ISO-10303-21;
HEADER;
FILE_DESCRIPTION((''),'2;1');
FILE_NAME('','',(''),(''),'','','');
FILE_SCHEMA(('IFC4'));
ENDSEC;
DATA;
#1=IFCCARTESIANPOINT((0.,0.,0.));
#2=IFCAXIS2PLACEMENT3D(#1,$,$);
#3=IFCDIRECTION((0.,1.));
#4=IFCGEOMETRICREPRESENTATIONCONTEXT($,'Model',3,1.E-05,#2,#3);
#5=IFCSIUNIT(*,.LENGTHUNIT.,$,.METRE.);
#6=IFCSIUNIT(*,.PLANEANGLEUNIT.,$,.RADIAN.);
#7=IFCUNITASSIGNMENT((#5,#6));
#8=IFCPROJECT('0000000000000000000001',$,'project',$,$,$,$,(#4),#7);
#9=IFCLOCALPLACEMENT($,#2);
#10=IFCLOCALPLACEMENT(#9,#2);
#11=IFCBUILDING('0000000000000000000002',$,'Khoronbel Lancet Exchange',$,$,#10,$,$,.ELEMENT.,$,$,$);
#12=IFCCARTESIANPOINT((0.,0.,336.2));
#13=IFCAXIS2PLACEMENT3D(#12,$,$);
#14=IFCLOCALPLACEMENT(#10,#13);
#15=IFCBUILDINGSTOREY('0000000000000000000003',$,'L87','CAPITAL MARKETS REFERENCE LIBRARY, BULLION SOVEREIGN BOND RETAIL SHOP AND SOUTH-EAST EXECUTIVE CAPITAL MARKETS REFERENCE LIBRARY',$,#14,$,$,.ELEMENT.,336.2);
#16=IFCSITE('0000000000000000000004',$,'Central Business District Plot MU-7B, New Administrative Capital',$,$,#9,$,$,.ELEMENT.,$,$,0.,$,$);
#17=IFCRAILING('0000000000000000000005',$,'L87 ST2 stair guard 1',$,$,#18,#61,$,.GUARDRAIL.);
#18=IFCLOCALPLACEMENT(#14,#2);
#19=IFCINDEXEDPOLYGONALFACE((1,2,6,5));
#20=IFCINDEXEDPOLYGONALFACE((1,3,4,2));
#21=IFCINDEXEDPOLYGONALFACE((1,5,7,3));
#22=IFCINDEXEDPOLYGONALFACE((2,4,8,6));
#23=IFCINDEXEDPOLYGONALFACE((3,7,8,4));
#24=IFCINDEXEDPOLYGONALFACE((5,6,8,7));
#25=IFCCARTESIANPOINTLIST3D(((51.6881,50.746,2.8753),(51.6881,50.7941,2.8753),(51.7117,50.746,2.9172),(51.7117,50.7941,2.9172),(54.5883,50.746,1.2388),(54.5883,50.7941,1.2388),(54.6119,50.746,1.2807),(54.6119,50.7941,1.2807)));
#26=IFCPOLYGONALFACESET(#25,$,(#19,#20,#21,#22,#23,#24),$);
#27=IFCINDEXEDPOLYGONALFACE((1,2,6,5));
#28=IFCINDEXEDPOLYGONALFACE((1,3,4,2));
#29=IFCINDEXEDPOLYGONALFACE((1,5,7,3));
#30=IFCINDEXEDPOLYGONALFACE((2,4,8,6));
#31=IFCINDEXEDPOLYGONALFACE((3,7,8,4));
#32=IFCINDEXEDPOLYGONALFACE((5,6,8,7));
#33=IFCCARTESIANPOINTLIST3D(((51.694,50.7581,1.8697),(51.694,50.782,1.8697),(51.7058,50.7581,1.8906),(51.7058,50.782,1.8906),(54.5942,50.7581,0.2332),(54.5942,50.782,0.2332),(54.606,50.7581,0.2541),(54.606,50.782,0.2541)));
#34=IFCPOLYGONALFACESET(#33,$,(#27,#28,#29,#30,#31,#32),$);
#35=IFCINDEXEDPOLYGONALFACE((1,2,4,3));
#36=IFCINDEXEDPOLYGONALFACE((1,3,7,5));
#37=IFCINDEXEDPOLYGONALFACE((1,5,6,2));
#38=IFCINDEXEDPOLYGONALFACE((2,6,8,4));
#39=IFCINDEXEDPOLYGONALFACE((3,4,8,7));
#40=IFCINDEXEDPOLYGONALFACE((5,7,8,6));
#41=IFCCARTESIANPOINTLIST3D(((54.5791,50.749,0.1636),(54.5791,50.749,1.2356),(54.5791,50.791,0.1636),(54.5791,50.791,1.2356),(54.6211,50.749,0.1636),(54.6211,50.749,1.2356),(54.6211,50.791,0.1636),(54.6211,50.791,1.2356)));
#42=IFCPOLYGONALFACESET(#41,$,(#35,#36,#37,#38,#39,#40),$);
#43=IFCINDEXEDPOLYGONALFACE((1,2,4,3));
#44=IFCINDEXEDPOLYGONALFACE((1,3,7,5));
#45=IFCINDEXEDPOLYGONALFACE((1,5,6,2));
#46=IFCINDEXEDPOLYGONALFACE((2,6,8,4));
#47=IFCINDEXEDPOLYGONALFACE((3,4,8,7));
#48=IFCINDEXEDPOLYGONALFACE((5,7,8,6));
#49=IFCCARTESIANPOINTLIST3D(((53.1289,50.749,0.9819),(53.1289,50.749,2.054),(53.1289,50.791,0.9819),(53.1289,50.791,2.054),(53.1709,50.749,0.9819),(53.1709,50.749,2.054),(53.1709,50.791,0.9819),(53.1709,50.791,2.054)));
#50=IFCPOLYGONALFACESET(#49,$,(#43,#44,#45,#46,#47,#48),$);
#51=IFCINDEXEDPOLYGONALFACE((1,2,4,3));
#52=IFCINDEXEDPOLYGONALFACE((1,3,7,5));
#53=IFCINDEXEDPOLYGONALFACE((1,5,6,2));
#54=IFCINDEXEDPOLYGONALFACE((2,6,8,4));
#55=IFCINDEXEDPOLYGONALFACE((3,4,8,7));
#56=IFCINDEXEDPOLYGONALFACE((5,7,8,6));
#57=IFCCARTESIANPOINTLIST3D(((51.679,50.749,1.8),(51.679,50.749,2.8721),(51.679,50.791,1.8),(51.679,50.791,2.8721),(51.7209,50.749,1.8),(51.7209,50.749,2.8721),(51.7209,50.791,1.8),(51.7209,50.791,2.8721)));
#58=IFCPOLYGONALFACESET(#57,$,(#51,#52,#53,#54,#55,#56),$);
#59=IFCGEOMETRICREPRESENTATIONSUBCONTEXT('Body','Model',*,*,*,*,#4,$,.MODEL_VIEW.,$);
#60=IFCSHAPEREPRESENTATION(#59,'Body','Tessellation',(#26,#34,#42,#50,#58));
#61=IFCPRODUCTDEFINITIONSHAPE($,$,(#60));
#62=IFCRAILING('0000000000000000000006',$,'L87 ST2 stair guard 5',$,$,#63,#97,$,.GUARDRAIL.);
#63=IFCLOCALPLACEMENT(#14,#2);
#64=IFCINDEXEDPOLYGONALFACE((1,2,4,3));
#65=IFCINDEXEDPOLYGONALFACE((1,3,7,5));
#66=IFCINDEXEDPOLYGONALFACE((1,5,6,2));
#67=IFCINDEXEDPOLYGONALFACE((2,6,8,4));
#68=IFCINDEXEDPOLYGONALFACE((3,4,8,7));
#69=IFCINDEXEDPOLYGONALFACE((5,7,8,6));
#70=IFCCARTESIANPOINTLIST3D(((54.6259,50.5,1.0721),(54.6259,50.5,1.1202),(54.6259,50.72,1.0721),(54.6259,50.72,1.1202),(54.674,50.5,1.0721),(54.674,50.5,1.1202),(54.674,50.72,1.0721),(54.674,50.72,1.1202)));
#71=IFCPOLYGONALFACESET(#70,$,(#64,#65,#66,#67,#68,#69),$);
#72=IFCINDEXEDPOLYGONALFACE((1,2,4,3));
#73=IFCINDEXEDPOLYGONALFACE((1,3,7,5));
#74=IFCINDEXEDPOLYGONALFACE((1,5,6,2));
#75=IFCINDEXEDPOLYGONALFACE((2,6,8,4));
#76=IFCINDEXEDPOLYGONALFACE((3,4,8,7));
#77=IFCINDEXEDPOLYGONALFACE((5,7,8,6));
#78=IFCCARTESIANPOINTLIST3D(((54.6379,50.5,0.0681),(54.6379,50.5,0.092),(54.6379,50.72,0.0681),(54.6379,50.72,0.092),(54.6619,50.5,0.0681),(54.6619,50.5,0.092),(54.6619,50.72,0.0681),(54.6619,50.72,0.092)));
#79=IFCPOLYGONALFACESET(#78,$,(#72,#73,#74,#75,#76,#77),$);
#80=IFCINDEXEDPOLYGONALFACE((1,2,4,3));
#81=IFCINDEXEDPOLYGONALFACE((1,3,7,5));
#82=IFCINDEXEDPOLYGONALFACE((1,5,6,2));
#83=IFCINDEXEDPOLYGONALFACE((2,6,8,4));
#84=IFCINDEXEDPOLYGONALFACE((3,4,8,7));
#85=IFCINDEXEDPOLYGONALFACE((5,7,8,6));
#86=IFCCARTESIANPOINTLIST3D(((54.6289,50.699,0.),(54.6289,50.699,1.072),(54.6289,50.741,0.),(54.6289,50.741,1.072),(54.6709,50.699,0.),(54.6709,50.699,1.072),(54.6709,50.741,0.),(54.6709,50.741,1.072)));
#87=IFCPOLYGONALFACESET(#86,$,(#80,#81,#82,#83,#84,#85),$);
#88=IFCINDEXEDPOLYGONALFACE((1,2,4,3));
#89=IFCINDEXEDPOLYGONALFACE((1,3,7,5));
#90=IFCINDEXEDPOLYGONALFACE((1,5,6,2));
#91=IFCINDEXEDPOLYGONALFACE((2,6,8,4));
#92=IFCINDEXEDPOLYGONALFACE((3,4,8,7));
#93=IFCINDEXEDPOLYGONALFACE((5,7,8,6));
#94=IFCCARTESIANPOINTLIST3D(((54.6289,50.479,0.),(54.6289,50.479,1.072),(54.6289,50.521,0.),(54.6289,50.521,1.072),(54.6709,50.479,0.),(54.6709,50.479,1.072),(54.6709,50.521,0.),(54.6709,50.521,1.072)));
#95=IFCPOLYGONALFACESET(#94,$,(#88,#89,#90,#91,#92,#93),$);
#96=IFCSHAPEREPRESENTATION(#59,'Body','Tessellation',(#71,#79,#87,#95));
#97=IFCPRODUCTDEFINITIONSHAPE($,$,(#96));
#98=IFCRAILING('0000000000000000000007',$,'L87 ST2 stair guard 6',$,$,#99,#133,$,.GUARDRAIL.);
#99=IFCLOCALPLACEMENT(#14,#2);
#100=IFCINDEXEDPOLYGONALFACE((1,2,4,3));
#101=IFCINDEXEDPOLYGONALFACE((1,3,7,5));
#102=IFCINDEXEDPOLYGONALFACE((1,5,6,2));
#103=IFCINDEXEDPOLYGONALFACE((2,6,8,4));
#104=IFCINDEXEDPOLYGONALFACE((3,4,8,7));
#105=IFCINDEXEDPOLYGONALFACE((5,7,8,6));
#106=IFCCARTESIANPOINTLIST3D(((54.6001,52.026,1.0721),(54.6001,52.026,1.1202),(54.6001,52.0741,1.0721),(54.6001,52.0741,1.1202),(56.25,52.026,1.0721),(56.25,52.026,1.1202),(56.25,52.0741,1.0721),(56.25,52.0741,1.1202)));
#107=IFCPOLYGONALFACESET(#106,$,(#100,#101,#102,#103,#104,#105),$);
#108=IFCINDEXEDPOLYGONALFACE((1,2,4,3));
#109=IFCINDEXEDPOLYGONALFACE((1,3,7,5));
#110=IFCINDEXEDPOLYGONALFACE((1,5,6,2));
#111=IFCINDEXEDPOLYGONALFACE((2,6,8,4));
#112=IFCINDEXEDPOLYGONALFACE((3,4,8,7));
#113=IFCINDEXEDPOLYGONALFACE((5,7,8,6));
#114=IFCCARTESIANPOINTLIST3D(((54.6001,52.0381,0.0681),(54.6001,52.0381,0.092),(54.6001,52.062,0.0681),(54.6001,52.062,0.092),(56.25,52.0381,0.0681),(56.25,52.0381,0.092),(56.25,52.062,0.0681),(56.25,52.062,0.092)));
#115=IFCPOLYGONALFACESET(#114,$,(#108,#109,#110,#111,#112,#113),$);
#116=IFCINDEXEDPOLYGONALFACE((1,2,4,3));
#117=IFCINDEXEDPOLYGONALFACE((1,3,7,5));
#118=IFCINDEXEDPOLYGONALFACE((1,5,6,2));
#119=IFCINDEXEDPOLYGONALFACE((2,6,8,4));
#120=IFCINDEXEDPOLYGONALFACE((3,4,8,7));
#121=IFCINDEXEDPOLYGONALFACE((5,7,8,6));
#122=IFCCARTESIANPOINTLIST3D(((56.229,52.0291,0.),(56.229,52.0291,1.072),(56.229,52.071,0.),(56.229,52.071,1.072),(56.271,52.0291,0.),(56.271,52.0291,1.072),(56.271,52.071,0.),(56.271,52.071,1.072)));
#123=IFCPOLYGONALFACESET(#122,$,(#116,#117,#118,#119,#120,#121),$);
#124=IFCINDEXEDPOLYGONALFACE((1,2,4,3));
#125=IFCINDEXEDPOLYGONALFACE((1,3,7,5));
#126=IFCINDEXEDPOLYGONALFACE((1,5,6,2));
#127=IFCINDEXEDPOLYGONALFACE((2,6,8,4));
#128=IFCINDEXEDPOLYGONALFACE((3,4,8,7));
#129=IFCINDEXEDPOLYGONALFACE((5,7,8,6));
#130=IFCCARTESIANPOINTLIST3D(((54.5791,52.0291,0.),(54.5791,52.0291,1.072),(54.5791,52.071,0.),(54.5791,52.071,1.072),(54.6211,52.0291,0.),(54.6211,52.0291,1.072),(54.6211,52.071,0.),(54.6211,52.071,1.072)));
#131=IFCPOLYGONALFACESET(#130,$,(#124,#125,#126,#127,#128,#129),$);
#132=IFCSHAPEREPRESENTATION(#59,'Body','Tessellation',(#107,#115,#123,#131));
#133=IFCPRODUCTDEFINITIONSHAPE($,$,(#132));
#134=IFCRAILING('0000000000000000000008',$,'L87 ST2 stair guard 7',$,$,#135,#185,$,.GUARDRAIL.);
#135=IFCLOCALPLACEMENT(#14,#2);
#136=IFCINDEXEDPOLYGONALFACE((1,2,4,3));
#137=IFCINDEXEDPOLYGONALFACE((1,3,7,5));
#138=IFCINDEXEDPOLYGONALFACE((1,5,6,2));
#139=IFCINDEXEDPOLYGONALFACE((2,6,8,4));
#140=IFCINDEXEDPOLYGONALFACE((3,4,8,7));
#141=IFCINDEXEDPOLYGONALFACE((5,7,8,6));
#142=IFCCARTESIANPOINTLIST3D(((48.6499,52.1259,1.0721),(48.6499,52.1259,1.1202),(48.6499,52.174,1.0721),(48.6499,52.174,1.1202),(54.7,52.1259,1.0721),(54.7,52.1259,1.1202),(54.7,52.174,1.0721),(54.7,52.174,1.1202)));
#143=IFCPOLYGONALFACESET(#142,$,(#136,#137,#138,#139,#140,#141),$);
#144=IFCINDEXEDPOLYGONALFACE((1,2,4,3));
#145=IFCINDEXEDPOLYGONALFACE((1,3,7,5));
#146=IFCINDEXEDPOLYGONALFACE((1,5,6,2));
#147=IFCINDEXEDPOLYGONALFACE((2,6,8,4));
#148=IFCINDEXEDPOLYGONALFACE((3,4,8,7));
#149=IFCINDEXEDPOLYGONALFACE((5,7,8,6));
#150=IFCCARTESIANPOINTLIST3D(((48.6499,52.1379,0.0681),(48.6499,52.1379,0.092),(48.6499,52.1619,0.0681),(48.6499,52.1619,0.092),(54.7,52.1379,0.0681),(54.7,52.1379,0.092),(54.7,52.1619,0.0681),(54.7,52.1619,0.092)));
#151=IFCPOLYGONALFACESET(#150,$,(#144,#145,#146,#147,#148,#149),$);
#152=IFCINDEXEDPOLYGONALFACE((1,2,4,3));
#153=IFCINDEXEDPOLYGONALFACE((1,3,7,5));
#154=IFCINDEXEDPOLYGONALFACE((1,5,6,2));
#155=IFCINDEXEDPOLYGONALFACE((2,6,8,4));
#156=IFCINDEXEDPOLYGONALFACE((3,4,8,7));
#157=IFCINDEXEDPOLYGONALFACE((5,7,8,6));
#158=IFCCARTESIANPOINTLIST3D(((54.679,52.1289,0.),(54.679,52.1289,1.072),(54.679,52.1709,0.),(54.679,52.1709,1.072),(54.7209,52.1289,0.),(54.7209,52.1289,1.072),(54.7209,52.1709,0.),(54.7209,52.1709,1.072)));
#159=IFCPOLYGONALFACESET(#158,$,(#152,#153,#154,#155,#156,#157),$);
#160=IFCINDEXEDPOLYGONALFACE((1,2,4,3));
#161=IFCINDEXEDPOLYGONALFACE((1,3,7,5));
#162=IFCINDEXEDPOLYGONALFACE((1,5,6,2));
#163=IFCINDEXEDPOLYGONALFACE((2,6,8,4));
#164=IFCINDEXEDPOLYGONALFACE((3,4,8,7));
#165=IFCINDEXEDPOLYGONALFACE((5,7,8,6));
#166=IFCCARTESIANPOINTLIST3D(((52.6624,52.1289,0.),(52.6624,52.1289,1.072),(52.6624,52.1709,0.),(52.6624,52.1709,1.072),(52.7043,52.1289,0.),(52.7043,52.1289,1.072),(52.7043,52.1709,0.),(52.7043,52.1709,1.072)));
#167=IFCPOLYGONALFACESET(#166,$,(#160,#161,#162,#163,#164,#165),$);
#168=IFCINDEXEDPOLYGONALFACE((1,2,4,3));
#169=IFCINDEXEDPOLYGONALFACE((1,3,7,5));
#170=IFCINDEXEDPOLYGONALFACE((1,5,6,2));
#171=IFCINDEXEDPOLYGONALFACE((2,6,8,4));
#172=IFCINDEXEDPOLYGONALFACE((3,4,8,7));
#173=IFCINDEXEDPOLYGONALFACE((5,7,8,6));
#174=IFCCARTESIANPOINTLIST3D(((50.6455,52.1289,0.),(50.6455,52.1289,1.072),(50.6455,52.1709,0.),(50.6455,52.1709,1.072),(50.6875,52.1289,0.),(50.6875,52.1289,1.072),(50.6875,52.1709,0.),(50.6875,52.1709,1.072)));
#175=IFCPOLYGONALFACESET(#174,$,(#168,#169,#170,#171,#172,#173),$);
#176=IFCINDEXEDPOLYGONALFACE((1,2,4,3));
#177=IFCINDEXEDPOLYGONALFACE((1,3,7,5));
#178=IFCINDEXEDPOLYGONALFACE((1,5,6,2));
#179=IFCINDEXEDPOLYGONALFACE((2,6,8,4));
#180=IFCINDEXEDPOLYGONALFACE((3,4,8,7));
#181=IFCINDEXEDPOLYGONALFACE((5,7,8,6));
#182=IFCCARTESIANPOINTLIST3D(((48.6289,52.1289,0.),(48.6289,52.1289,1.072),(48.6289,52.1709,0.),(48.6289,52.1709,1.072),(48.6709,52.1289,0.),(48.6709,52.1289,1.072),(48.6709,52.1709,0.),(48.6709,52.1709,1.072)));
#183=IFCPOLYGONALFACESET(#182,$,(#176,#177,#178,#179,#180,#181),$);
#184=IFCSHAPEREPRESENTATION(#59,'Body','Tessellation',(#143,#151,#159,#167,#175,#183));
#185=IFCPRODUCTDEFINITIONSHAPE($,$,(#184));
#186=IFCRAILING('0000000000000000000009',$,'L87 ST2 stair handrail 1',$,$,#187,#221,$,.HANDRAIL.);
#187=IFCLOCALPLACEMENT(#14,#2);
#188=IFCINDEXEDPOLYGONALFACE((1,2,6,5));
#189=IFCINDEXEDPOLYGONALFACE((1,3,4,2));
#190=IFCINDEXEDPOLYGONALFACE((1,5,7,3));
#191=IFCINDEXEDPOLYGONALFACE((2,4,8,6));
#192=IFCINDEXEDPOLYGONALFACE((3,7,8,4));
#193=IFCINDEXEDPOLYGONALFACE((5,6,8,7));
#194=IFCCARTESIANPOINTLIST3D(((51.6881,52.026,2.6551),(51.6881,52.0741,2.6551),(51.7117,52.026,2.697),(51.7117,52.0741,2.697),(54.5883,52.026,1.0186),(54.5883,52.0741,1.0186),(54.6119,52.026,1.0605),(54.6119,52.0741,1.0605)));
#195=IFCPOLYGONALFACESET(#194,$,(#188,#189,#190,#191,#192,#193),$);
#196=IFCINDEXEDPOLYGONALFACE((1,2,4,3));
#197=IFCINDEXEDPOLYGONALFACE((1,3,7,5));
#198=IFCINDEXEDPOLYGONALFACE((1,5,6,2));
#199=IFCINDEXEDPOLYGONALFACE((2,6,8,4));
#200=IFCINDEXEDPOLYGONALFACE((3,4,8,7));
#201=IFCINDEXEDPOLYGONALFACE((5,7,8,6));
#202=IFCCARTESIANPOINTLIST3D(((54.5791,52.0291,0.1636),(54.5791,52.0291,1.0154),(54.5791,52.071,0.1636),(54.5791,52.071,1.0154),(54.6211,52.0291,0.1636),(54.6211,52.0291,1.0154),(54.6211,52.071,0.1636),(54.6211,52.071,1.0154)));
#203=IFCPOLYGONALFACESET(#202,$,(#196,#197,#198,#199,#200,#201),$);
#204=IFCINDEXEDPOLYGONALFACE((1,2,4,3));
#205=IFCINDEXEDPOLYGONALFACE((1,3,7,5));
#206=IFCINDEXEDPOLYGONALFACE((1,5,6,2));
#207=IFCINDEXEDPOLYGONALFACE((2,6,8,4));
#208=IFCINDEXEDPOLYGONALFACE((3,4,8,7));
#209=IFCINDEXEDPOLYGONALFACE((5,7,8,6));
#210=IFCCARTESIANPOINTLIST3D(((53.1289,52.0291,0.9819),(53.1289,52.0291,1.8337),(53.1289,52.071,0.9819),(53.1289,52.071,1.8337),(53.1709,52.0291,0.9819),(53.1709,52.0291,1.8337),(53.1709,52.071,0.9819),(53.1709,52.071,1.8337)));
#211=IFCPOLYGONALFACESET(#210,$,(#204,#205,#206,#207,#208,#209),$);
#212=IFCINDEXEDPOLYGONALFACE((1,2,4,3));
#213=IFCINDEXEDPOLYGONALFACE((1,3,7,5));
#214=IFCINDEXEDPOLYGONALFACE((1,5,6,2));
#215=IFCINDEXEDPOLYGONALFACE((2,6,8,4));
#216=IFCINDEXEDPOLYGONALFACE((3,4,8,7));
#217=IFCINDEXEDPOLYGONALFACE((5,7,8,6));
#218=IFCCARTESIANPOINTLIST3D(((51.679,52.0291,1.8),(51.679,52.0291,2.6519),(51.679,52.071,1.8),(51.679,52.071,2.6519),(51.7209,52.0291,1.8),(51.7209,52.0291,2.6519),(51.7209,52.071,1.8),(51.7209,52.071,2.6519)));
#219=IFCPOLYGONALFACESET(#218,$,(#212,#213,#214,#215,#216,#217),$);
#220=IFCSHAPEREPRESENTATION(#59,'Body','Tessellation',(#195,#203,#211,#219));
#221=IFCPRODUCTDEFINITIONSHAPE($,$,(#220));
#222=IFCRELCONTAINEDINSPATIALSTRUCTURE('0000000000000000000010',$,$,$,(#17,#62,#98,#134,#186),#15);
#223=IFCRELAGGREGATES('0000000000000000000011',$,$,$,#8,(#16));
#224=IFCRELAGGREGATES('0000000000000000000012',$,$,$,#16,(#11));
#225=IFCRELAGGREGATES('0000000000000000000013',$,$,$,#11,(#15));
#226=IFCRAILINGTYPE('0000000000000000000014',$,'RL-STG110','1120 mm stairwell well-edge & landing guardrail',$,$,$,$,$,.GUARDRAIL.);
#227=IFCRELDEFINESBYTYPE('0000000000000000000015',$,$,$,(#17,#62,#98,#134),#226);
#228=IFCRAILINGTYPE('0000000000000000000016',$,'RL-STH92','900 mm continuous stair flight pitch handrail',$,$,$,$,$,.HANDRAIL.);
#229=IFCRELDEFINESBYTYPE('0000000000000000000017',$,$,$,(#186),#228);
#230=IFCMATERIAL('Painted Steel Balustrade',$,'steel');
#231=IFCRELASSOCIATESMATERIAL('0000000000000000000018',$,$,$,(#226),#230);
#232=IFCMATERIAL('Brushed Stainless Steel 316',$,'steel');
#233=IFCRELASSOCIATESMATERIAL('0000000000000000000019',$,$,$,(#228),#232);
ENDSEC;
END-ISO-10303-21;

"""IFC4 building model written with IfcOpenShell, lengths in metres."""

from ifc_helpers import new_model, si_unit, direction, frame, origin, origin_2d, place, context, subcontext, project, spatial, rectangle, extrude, material, type_object, element, save


model = new_model("IFC4")

# Units and contexts
model_context = context("Model", 3, precision=1e-05, world=origin(), true_north=direction((0.0, 1.0)))
body_context = subcontext(model_context, "Body", "Model", "MODEL_VIEW")
ifc_project = project(units=[si_unit("LENGTHUNIT", "METRE"), si_unit("PLANEANGLEUNIT", "RADIAN")], contexts=[model_context])

# Site, building, storey
site_placement = place(None, origin())
site = spatial("IfcSite", under=ifc_project, at=site_placement, Name="Central Business District Plot MU-7B, New Administrative Capital", CompositionType="ELEMENT", RefElevation=0.0)
building_placement = place(site_placement, origin())
building = spatial("IfcBuilding", under=site, at=building_placement, Name="Khoronbel Lancet Exchange", CompositionType="ELEMENT")
storey_placement = place(building_placement, frame((0.0, 0.0, 336.2)))
storey = spatial("IfcBuildingStorey", under=building, at=storey_placement, Name="L87", Description="CAPITAL MARKETS REFERENCE LIBRARY, BULLION SOVEREIGN BOND RETAIL SHOP AND SOUTH-EAST EXECUTIVE CAPITAL MARKETS REFERENCE LIBRARY", CompositionType="ELEMENT", Elevation=336.2)

# Railings
ifc_material_1 = material(Name="Painted Steel Balustrade", Category="steel")
railing_type_1 = type_object("IfcRailingType", Name="RL-STG110", Description="1120 mm stairwell well-edge & landing guardrail", PredefinedType="GUARDRAIL", material=ifc_material_1)
railing_1_placement = place(storey_placement, frame((54.6001, 50.77, 0.1636)))
element("IfcRailing", 1, at=railing_1_placement, inside=storey, type_object=railing_type_1, Name="L87 ST2 stair guard 1", PredefinedType="GUARDRAIL", context=body_context, shape_type="SweptSolid", body=[
    extrude(rectangle(XDim=0.0481, YDim=0.0481, at=origin_2d()), frame((0.0, 0.0, 1.0962), z_axis=(-0.870915, 0.0, 0.491434), x_axis=(0.0, -1.0, 0.0)), (0.0, 0.0, 1.0), 3.3301),
    extrude(rectangle(XDim=0.0239, YDim=0.0239, at=origin_2d()), frame((0.0, 0.0, 0.0801), z_axis=(-0.870915, 0.0, 0.491434), x_axis=(0.0, -1.0, 0.0)), (0.0, 0.0, 1.0), 3.3301),
    extrude(rectangle(XDim=0.042, YDim=0.042, at=origin_2d()), origin(), (0.0, 0.0, 1.0), 1.072),
    extrude(rectangle(XDim=0.042, YDim=0.042, at=origin_2d()), frame((-1.4502, 0.0, 0.8184)), (0.0, 0.0, 1.0), 1.072),
    extrude(rectangle(XDim=0.042, YDim=0.042, at=origin_2d()), frame((-2.9001, 0.0, 1.6365)), (0.0, 0.0, 1.0), 1.072),
])
railing_2_placement = place(storey_placement, frame((54.6499, 50.72, 0.0)))
element("IfcRailing", 2, at=railing_2_placement, inside=storey, type_object=railing_type_1, Name="L87 ST2 stair guard 5", PredefinedType="GUARDRAIL", context=body_context, shape_type="SweptSolid", body=[
    extrude(rectangle(XDim=0.0481, YDim=0.0481, at=origin_2d()), frame((0.0, 0.0, 1.0962), z_axis=(0.0, -1.0, 0.0), x_axis=(1.0, 0.0, 0.0)), (0.0, 0.0, 1.0), 0.22),
    extrude(rectangle(XDim=0.0239, YDim=0.0239, at=origin_2d()), frame((0.0, 0.0, 0.0801), z_axis=(0.0, -1.0, 0.0), x_axis=(1.0, 0.0, 0.0)), (0.0, 0.0, 1.0), 0.22),
    extrude(rectangle(XDim=0.042, YDim=0.042, at=origin_2d()), origin(), (0.0, 0.0, 1.0), 1.072),
    extrude(rectangle(XDim=0.042, YDim=0.042, at=origin_2d()), frame((0.0, -0.22, 0.0)), (0.0, 0.0, 1.0), 1.072),
])
railing_3_placement = place(storey_placement, frame((56.25, 52.05, 0.0)))
element("IfcRailing", 3, at=railing_3_placement, inside=storey, type_object=railing_type_1, Name="L87 ST2 stair guard 6", PredefinedType="GUARDRAIL", context=body_context, shape_type="SweptSolid", body=[
    extrude(rectangle(XDim=0.0481, YDim=0.0481, at=origin_2d()), frame((0.0, 0.0, 1.0962), z_axis=(-1.0, 0.0, 0.0), x_axis=(0.0, -1.0, 0.0)), (0.0, 0.0, 1.0), 1.6499),
    extrude(rectangle(XDim=0.0239, YDim=0.0239, at=origin_2d()), frame((0.0, 0.0, 0.0801), z_axis=(-1.0, 0.0, 0.0), x_axis=(0.0, -1.0, 0.0)), (0.0, 0.0, 1.0), 1.6499),
    extrude(rectangle(XDim=0.042, YDim=0.042, at=origin_2d()), origin(), (0.0, 0.0, 1.0), 1.072),
    extrude(rectangle(XDim=0.042, YDim=0.042, at=origin_2d()), frame((-1.6499, 0.0, 0.0)), (0.0, 0.0, 1.0), 1.072),
])
railing_4_placement = place(storey_placement, frame((54.7, 52.1499, 0.0)))
element("IfcRailing", 4, at=railing_4_placement, inside=storey, type_object=railing_type_1, Name="L87 ST2 stair guard 7", PredefinedType="GUARDRAIL", context=body_context, shape_type="SweptSolid", body=[
    extrude(rectangle(XDim=0.0481, YDim=0.0481, at=origin_2d()), frame((0.0, 0.0, 1.0962), z_axis=(-1.0, 0.0, 0.0), x_axis=(0.0, -1.0, 0.0)), (0.0, 0.0, 1.0), 6.05),
    extrude(rectangle(XDim=0.0239, YDim=0.0239, at=origin_2d()), frame((0.0, 0.0, 0.0801), z_axis=(-1.0, 0.0, 0.0), x_axis=(0.0, -1.0, 0.0)), (0.0, 0.0, 1.0), 6.05),
    extrude(rectangle(XDim=0.042, YDim=0.042, at=origin_2d()), origin(), (0.0, 0.0, 1.0), 1.072),
    extrude(rectangle(XDim=0.042, YDim=0.042, at=origin_2d()), frame((-2.0166, 0.0, 0.0)), (0.0, 0.0, 1.0), 1.072),
    extrude(rectangle(XDim=0.042, YDim=0.042, at=origin_2d()), frame((-4.0334, 0.0, 0.0)), (0.0, 0.0, 1.0), 1.072),
    extrude(rectangle(XDim=0.042, YDim=0.042, at=origin_2d()), frame((-6.05, 0.0, 0.0)), (0.0, 0.0, 1.0), 1.072),
])
ifc_material_2 = material(Name="Brushed Stainless Steel 316", Category="steel")
railing_type_2 = type_object("IfcRailingType", Name="RL-STH92", Description="900 mm continuous stair flight pitch handrail", PredefinedType="HANDRAIL", material=ifc_material_2)
railing_5_placement = place(storey_placement, frame((54.6001, 52.05, 0.1636)))
element("IfcRailing", 5, at=railing_5_placement, inside=storey, type_object=railing_type_2, Name="L87 ST2 stair handrail 1", PredefinedType="HANDRAIL", context=body_context, shape_type="SweptSolid", body=[
    extrude(rectangle(XDim=0.0481, YDim=0.0481, at=origin_2d()), frame((0.0, 0.0, 0.876), z_axis=(-0.870915, 0.0, 0.491434), x_axis=(0.0, -1.0, 0.0)), (0.0, 0.0, 1.0), 3.3301),
    extrude(rectangle(XDim=0.042, YDim=0.042, at=origin_2d()), origin(), (0.0, 0.0, 1.0), 0.8518),
    extrude(rectangle(XDim=0.042, YDim=0.042, at=origin_2d()), frame((-1.4502, 0.0, 0.8184)), (0.0, 0.0, 1.0), 0.8518),
    extrude(rectangle(XDim=0.042, YDim=0.042, at=origin_2d()), frame((-2.9001, 0.0, 1.6365)), (0.0, 0.0, 1.0), 0.8518),
])

save(model, "model.ifc")
